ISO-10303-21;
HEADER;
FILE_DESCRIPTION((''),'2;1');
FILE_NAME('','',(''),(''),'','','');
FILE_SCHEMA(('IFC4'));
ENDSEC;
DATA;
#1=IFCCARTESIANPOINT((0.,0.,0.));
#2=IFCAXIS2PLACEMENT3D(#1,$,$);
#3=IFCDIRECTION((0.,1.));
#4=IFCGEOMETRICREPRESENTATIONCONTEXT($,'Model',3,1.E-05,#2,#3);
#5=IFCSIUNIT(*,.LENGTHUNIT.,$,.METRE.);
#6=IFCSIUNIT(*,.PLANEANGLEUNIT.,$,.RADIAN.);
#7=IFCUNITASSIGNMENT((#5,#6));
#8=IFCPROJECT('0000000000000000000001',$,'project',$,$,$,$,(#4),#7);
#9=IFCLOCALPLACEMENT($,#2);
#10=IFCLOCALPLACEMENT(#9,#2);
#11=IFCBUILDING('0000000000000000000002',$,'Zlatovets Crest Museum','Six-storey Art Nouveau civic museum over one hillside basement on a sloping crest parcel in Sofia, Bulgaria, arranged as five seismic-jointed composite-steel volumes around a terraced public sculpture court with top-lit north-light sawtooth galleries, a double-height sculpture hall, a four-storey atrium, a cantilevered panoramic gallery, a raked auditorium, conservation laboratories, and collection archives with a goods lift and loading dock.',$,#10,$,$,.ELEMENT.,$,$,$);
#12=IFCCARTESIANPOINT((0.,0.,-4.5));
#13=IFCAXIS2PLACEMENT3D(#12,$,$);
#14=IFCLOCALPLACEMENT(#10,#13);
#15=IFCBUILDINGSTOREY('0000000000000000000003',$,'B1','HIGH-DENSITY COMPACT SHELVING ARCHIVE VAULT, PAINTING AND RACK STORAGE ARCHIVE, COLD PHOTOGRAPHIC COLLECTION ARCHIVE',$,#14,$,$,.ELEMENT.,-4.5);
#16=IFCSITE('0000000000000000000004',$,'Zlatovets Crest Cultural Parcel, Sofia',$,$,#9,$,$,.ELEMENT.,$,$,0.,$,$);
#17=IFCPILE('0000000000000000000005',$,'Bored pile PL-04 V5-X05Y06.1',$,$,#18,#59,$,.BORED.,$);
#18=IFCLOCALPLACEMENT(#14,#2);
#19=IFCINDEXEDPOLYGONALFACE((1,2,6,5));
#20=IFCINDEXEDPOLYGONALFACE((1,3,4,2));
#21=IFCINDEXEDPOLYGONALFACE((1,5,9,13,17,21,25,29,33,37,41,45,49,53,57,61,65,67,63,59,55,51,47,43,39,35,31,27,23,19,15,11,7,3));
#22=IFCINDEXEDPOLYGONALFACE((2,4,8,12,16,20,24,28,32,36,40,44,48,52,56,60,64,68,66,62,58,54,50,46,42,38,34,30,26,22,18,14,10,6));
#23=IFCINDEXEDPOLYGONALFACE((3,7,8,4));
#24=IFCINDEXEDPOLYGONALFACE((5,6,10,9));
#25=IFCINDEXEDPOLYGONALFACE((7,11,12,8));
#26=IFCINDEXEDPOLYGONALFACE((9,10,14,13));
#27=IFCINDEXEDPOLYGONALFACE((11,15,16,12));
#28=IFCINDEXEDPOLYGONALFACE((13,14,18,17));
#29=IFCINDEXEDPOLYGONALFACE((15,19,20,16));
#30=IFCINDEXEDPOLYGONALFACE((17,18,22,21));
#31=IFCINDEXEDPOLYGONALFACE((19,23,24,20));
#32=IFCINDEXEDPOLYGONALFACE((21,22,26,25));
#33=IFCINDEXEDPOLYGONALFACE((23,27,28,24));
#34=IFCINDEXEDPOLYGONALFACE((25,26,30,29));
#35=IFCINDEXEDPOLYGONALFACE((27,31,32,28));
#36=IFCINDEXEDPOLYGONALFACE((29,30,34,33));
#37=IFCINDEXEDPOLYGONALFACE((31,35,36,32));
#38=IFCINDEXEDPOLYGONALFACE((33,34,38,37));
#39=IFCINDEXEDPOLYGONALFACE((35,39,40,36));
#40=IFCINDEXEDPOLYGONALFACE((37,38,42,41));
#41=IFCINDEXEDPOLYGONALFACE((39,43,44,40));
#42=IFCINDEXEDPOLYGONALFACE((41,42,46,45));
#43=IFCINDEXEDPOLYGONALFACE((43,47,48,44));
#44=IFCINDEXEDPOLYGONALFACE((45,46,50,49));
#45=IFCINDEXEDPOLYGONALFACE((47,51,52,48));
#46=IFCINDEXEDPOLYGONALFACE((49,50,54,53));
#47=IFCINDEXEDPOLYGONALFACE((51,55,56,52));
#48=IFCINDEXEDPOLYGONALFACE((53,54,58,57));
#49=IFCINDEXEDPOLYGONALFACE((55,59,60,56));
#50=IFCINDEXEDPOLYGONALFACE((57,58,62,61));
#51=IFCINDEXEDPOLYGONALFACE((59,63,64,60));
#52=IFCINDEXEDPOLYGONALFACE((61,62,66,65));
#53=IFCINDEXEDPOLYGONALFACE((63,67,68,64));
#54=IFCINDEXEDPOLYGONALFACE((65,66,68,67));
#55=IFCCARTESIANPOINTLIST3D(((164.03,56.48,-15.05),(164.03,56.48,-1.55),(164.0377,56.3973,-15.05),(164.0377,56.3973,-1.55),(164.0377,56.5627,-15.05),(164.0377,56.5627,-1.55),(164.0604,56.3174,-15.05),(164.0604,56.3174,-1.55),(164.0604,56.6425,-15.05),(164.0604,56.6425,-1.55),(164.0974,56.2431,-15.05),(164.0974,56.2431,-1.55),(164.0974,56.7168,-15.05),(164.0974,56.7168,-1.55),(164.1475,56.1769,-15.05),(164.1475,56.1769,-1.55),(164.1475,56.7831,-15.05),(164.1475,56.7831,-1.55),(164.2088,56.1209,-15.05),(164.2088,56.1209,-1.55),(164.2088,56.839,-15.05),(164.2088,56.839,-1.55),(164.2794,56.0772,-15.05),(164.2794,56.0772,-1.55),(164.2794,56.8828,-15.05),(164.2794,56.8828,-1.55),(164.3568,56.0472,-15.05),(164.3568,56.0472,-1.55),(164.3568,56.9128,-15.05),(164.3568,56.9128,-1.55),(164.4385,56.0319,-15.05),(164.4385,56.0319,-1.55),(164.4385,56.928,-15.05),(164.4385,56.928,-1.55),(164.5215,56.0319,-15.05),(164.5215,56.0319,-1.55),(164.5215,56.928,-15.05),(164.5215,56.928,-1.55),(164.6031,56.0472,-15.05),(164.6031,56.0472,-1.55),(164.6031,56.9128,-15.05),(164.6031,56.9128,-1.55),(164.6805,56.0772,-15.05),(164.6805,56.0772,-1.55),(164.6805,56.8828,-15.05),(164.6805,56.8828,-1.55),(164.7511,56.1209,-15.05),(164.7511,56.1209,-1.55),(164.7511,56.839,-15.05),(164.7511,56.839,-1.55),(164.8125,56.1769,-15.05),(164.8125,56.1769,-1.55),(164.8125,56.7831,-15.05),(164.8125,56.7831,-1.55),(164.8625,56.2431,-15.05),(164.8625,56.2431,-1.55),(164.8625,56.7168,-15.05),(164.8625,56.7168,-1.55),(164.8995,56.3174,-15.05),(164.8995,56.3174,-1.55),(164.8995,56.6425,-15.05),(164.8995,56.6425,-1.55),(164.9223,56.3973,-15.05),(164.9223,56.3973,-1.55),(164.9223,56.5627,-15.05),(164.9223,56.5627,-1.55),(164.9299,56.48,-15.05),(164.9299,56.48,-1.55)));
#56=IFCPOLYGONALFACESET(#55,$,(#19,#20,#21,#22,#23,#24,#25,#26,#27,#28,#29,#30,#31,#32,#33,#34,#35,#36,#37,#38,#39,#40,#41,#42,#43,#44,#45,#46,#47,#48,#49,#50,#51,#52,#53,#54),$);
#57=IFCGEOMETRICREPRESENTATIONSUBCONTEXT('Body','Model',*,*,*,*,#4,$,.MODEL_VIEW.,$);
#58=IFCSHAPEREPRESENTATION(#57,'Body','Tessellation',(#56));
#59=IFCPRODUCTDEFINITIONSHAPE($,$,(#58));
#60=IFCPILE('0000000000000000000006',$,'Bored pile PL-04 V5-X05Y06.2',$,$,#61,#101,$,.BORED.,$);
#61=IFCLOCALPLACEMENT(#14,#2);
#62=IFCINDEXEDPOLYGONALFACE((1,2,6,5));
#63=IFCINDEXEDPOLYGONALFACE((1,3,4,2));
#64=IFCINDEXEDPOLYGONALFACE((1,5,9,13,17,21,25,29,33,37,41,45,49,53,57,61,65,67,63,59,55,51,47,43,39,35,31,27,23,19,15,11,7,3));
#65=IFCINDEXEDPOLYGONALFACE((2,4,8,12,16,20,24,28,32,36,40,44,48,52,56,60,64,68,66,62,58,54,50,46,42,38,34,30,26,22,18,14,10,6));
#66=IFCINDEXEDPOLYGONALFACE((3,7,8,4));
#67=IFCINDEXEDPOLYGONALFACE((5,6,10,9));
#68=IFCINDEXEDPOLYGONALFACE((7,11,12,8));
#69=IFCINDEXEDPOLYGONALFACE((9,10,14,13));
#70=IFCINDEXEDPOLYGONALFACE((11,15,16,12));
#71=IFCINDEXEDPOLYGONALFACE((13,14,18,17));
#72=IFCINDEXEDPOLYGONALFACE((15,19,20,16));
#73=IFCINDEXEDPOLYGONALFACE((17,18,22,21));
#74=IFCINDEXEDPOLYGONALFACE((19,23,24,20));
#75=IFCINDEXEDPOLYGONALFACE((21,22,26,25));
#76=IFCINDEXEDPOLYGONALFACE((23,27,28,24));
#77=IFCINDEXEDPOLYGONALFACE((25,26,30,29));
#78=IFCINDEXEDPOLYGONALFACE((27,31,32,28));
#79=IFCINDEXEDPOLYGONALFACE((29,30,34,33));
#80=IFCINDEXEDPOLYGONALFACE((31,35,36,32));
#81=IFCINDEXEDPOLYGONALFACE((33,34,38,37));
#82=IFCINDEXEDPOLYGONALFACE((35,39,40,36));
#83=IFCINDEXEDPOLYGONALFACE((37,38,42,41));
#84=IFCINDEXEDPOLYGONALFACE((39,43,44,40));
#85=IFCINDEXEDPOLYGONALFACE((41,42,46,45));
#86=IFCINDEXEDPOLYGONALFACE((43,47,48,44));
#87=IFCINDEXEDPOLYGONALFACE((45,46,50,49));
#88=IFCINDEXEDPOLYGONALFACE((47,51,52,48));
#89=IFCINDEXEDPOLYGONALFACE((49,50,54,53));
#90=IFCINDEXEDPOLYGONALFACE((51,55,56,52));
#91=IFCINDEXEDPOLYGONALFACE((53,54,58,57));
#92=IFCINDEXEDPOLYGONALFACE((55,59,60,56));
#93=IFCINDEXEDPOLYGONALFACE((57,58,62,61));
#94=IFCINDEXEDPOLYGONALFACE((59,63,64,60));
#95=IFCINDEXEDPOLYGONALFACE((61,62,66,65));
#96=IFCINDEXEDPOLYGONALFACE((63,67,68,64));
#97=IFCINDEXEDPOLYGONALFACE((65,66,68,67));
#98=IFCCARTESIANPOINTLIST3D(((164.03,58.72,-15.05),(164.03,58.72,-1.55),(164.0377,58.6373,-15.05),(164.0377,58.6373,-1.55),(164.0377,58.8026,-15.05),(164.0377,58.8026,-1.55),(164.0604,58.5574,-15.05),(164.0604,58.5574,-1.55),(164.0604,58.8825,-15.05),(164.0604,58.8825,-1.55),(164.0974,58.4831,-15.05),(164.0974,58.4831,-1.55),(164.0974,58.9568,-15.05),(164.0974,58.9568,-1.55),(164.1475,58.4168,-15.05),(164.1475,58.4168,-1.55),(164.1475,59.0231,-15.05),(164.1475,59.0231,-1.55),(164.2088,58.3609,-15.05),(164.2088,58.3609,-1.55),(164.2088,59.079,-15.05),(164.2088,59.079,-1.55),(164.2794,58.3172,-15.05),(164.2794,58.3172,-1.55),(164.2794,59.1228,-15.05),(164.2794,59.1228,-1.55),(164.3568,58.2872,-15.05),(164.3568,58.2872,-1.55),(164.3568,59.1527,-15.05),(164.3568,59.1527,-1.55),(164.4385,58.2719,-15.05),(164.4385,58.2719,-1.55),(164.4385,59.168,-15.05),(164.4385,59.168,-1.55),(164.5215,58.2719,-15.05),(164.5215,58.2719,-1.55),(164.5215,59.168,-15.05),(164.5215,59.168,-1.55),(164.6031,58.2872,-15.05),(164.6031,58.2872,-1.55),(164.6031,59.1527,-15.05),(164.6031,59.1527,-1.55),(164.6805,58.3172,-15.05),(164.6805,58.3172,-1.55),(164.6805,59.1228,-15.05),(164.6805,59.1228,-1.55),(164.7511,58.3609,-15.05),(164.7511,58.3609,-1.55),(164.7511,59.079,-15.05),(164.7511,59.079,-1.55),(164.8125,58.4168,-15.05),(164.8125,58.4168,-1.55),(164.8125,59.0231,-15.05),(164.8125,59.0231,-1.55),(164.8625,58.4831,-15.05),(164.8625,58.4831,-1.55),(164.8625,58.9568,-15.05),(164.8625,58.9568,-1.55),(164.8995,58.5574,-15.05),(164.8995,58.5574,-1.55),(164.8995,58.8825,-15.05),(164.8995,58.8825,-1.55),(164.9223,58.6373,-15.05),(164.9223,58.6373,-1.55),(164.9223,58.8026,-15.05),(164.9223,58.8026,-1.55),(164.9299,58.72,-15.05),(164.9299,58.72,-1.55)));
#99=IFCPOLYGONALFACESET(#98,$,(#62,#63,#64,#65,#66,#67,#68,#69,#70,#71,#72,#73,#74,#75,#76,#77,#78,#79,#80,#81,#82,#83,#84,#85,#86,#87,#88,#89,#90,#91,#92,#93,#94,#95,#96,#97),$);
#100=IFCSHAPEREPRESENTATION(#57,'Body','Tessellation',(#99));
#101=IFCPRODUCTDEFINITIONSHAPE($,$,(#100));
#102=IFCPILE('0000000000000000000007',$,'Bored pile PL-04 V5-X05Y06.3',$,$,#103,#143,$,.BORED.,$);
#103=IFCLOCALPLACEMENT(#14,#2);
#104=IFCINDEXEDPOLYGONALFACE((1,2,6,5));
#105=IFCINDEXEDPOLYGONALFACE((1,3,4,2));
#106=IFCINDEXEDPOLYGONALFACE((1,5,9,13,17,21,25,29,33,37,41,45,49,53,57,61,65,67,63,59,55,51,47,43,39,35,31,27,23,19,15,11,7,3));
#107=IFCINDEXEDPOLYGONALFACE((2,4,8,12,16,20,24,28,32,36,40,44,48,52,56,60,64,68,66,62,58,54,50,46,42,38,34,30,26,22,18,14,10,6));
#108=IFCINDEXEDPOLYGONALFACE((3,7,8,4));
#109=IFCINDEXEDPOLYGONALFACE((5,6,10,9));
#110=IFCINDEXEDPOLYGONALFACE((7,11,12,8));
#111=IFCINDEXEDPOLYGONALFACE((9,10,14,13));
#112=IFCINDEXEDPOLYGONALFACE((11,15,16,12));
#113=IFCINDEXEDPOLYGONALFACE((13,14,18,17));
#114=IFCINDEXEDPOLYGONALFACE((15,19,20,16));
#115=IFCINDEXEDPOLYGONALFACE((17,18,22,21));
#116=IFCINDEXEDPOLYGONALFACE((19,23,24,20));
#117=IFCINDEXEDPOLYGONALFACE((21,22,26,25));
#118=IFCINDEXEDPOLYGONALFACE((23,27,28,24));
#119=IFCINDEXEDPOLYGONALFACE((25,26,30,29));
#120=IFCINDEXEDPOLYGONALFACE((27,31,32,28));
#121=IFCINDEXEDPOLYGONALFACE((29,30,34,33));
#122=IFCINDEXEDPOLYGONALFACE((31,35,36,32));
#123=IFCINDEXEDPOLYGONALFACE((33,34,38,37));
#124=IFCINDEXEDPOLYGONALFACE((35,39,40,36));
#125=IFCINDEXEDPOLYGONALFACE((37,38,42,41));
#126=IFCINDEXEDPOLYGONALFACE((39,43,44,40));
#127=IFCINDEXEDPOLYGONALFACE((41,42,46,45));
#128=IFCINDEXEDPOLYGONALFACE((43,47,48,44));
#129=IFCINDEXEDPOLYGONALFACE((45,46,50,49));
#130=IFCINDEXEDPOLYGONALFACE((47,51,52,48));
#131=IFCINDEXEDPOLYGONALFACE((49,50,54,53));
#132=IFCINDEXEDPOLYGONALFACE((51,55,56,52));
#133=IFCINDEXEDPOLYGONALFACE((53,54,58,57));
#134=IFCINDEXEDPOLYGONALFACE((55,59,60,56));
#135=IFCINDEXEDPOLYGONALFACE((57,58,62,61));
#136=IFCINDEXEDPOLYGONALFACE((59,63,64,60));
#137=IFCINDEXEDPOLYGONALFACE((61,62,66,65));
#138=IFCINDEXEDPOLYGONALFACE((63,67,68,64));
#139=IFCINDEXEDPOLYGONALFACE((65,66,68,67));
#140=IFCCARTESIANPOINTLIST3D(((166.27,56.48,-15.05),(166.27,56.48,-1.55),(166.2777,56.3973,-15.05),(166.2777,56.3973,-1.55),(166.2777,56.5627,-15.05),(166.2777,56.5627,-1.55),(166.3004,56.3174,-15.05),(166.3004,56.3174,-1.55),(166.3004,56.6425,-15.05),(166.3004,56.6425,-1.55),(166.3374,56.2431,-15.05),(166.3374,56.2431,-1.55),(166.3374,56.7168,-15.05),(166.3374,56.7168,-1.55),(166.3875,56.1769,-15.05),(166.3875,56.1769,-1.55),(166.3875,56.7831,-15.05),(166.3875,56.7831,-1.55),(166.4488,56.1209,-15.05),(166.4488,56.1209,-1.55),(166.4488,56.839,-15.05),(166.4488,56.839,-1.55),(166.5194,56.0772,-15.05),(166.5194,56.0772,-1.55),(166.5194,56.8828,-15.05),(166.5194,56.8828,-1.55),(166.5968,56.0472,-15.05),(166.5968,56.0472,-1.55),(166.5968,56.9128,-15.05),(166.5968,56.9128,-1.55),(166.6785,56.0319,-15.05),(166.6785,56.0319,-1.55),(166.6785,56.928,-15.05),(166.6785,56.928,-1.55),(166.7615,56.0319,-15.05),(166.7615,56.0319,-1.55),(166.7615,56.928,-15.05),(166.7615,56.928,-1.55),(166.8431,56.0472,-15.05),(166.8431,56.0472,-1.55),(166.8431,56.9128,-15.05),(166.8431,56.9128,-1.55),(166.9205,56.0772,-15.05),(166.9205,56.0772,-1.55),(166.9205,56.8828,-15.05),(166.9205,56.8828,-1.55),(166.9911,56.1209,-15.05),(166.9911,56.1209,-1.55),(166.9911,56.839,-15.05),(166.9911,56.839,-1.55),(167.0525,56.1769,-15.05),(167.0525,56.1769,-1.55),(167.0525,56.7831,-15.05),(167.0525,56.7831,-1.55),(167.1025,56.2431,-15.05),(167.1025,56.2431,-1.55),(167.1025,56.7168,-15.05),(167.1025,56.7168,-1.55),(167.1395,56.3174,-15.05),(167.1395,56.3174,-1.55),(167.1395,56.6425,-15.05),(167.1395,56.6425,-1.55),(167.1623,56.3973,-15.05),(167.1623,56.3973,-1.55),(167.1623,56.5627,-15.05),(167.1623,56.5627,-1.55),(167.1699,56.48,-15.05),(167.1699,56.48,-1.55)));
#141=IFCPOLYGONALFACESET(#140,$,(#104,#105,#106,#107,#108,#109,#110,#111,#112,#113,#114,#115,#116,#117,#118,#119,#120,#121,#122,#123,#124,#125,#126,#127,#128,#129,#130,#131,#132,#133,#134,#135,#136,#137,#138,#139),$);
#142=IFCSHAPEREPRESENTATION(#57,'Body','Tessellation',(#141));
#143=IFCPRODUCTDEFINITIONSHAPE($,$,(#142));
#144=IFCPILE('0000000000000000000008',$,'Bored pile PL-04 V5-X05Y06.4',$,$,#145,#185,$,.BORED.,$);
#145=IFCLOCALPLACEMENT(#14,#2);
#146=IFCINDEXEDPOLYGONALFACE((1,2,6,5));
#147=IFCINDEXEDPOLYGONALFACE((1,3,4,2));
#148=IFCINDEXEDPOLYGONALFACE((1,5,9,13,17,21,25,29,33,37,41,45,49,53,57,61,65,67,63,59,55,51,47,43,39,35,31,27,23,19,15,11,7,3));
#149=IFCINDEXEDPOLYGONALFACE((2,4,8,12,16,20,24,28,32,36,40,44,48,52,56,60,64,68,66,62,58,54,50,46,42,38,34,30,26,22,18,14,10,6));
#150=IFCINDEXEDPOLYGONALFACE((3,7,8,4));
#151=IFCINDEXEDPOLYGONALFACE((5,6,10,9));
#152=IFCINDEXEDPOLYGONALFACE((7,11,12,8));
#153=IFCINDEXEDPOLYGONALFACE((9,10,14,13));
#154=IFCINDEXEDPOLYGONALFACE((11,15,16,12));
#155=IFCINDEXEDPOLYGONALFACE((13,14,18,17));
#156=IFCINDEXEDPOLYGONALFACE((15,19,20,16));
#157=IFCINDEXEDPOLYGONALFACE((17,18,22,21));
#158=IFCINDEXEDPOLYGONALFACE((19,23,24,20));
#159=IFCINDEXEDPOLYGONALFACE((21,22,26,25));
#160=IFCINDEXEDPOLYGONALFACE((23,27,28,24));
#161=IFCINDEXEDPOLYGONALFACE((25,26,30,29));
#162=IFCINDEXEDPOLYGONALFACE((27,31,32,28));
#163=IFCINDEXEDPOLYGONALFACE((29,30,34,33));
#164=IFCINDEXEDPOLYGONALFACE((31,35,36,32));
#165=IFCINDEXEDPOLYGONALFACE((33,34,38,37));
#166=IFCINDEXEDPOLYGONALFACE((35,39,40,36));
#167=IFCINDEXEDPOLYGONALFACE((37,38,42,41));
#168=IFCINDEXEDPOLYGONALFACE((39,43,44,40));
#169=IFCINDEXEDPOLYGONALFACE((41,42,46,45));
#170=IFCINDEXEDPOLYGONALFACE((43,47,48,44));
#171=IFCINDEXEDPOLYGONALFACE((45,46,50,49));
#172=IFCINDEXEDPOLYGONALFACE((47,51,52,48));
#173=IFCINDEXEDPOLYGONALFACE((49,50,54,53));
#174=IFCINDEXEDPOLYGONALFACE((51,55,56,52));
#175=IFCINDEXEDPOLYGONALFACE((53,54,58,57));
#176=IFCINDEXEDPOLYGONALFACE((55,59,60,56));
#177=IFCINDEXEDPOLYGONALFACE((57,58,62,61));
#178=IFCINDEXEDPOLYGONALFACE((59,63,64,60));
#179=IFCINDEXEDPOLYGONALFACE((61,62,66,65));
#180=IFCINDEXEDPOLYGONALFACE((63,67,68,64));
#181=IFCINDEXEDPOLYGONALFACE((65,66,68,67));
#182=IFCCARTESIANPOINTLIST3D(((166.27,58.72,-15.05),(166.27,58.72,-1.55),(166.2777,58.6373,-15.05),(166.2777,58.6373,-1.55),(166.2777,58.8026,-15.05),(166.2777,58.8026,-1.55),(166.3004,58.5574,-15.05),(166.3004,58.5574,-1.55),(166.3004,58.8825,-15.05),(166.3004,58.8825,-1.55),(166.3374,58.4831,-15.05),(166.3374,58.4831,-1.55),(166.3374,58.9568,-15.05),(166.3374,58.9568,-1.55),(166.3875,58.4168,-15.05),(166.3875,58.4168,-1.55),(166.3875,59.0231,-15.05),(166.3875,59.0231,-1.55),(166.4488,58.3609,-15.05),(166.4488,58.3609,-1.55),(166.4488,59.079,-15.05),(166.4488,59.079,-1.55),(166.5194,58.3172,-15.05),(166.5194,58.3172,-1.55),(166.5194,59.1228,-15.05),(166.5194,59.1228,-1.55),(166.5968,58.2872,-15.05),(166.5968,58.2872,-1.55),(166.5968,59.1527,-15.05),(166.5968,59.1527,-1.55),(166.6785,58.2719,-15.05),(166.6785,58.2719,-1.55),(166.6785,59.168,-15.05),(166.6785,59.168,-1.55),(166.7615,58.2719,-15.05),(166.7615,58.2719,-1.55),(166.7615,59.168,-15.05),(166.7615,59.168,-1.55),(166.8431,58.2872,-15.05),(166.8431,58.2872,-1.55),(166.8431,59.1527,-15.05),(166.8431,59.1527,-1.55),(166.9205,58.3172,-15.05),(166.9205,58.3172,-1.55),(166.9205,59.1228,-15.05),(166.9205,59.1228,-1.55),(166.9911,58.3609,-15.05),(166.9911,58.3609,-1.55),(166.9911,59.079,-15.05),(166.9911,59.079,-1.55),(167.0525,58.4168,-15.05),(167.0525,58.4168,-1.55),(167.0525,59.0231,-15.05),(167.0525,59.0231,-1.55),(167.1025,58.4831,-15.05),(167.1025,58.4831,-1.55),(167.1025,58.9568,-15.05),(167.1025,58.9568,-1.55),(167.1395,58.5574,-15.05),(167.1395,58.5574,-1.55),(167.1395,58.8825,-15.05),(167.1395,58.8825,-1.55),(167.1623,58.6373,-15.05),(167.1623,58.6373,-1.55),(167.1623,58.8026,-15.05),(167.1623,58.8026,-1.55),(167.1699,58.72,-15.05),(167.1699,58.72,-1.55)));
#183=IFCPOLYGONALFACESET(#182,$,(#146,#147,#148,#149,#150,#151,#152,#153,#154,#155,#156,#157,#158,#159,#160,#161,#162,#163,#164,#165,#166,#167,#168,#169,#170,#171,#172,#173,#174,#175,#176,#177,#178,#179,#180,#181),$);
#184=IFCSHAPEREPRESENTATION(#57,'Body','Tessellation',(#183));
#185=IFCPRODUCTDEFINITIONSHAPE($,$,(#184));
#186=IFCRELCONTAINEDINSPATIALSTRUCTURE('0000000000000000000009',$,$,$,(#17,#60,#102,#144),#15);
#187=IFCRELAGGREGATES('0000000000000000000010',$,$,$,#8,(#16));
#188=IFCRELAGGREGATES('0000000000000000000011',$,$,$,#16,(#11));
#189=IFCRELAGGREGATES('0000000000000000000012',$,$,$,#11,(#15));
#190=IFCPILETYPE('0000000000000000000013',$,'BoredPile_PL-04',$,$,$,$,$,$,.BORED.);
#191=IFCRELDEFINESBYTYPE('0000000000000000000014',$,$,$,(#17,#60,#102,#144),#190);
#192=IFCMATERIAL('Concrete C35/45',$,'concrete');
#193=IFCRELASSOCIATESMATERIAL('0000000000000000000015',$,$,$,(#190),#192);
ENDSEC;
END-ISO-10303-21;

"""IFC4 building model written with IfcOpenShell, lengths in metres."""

from ifc_helpers import new_model, si_unit, direction, frame, origin, origin_2d, place, context, subcontext, project, spatial, circle, extrude, material, material_profile, profile_set, type_object, element, save


model = new_model("IFC4")

# Units and contexts
model_context = context("Model", 3, precision=1e-05, world=origin(), true_north=direction((0.0, 1.0)))
body_context = subcontext(model_context, "Body", "Model", "MODEL_VIEW")
ifc_project = project(units=[si_unit("LENGTHUNIT", "METRE"), si_unit("PLANEANGLEUNIT", "RADIAN")], contexts=[model_context])

# Site, building, storey
site_placement = place(None, origin())
site = spatial("IfcSite", under=ifc_project, at=site_placement, Name="Zlatovets Crest Cultural Parcel, Sofia", CompositionType="ELEMENT", RefElevation=0.0)
building_placement = place(site_placement, origin())
building = spatial("IfcBuilding", under=site, at=building_placement, Name="Zlatovets Crest Museum", Description="Six-storey Art Nouveau civic museum over one hillside basement on a sloping crest parcel in Sofia, Bulgaria, arranged as five seismic-jointed composite-steel volumes around a terraced public sculpture court with top-lit north-light sawtooth galleries, a double-height sculpture hall, a four-storey atrium, a cantilevered panoramic gallery, a raked auditorium, conservation laboratories, and collection archives with a goods lift and loading dock.", CompositionType="ELEMENT")
storey_placement = place(building_placement, frame((0.0, 0.0, -4.5)))
storey = spatial("IfcBuildingStorey", under=building, at=storey_placement, Name="B1", Description="HIGH-DENSITY COMPACT SHELVING ARCHIVE VAULT, PAINTING AND RACK STORAGE ARCHIVE, COLD PHOTOGRAPHIC COLLECTION ARCHIVE", CompositionType="ELEMENT", Elevation=-4.5)

# Piles
ifc_material = material(Name="Concrete C35/45", Category="concrete")
ifc_material_profile_1 = material_profile(ifc_material, circle(Radius=0.45, at=origin_2d()), Name="PILE D900")
ifc_profile_set_1 = profile_set([ifc_material_profile_1], Name="Concrete C35/45")
pile_type = type_object("IfcPileType", Name="BoredPile_PL-04", PredefinedType="BORED", material=ifc_profile_set_1)
for number, where, z_axis, x_axis, name in (
    (1, (164.48, 56.48, -1.55), (0.0, 0.0, -1.0), (1.0, 0.0, 0.0), "Bored pile PL-04 V5-X05Y06.1"),
    (2, (164.48, 58.72, -1.55), (0.0, 0.0, -1.0), (1.0, 0.0, 0.0), "Bored pile PL-04 V5-X05Y06.2"),
    (3, (166.72, 56.48, -1.55), (0.0, 0.0, -1.0), (1.0, 0.0, 0.0), "Bored pile PL-04 V5-X05Y06.3"),
    (4, (166.72, 58.72, -1.55), (0.0, 0.0, -1.0), (1.0, 0.0, 0.0), "Bored pile PL-04 V5-X05Y06.4"),
):
    element("IfcPile", number, at=place(storey_placement, frame(where, z_axis=z_axis, x_axis=x_axis)), inside=storey, type_object=pile_type, Name=name, PredefinedType="BORED", context=body_context, shape_type="SweptSolid", body=[
        extrude(circle(Radius=0.45, at=origin_2d()), origin(), (0.0, 0.0, 1.0), 13.5),
    ])

save(model, "model.ifc")
